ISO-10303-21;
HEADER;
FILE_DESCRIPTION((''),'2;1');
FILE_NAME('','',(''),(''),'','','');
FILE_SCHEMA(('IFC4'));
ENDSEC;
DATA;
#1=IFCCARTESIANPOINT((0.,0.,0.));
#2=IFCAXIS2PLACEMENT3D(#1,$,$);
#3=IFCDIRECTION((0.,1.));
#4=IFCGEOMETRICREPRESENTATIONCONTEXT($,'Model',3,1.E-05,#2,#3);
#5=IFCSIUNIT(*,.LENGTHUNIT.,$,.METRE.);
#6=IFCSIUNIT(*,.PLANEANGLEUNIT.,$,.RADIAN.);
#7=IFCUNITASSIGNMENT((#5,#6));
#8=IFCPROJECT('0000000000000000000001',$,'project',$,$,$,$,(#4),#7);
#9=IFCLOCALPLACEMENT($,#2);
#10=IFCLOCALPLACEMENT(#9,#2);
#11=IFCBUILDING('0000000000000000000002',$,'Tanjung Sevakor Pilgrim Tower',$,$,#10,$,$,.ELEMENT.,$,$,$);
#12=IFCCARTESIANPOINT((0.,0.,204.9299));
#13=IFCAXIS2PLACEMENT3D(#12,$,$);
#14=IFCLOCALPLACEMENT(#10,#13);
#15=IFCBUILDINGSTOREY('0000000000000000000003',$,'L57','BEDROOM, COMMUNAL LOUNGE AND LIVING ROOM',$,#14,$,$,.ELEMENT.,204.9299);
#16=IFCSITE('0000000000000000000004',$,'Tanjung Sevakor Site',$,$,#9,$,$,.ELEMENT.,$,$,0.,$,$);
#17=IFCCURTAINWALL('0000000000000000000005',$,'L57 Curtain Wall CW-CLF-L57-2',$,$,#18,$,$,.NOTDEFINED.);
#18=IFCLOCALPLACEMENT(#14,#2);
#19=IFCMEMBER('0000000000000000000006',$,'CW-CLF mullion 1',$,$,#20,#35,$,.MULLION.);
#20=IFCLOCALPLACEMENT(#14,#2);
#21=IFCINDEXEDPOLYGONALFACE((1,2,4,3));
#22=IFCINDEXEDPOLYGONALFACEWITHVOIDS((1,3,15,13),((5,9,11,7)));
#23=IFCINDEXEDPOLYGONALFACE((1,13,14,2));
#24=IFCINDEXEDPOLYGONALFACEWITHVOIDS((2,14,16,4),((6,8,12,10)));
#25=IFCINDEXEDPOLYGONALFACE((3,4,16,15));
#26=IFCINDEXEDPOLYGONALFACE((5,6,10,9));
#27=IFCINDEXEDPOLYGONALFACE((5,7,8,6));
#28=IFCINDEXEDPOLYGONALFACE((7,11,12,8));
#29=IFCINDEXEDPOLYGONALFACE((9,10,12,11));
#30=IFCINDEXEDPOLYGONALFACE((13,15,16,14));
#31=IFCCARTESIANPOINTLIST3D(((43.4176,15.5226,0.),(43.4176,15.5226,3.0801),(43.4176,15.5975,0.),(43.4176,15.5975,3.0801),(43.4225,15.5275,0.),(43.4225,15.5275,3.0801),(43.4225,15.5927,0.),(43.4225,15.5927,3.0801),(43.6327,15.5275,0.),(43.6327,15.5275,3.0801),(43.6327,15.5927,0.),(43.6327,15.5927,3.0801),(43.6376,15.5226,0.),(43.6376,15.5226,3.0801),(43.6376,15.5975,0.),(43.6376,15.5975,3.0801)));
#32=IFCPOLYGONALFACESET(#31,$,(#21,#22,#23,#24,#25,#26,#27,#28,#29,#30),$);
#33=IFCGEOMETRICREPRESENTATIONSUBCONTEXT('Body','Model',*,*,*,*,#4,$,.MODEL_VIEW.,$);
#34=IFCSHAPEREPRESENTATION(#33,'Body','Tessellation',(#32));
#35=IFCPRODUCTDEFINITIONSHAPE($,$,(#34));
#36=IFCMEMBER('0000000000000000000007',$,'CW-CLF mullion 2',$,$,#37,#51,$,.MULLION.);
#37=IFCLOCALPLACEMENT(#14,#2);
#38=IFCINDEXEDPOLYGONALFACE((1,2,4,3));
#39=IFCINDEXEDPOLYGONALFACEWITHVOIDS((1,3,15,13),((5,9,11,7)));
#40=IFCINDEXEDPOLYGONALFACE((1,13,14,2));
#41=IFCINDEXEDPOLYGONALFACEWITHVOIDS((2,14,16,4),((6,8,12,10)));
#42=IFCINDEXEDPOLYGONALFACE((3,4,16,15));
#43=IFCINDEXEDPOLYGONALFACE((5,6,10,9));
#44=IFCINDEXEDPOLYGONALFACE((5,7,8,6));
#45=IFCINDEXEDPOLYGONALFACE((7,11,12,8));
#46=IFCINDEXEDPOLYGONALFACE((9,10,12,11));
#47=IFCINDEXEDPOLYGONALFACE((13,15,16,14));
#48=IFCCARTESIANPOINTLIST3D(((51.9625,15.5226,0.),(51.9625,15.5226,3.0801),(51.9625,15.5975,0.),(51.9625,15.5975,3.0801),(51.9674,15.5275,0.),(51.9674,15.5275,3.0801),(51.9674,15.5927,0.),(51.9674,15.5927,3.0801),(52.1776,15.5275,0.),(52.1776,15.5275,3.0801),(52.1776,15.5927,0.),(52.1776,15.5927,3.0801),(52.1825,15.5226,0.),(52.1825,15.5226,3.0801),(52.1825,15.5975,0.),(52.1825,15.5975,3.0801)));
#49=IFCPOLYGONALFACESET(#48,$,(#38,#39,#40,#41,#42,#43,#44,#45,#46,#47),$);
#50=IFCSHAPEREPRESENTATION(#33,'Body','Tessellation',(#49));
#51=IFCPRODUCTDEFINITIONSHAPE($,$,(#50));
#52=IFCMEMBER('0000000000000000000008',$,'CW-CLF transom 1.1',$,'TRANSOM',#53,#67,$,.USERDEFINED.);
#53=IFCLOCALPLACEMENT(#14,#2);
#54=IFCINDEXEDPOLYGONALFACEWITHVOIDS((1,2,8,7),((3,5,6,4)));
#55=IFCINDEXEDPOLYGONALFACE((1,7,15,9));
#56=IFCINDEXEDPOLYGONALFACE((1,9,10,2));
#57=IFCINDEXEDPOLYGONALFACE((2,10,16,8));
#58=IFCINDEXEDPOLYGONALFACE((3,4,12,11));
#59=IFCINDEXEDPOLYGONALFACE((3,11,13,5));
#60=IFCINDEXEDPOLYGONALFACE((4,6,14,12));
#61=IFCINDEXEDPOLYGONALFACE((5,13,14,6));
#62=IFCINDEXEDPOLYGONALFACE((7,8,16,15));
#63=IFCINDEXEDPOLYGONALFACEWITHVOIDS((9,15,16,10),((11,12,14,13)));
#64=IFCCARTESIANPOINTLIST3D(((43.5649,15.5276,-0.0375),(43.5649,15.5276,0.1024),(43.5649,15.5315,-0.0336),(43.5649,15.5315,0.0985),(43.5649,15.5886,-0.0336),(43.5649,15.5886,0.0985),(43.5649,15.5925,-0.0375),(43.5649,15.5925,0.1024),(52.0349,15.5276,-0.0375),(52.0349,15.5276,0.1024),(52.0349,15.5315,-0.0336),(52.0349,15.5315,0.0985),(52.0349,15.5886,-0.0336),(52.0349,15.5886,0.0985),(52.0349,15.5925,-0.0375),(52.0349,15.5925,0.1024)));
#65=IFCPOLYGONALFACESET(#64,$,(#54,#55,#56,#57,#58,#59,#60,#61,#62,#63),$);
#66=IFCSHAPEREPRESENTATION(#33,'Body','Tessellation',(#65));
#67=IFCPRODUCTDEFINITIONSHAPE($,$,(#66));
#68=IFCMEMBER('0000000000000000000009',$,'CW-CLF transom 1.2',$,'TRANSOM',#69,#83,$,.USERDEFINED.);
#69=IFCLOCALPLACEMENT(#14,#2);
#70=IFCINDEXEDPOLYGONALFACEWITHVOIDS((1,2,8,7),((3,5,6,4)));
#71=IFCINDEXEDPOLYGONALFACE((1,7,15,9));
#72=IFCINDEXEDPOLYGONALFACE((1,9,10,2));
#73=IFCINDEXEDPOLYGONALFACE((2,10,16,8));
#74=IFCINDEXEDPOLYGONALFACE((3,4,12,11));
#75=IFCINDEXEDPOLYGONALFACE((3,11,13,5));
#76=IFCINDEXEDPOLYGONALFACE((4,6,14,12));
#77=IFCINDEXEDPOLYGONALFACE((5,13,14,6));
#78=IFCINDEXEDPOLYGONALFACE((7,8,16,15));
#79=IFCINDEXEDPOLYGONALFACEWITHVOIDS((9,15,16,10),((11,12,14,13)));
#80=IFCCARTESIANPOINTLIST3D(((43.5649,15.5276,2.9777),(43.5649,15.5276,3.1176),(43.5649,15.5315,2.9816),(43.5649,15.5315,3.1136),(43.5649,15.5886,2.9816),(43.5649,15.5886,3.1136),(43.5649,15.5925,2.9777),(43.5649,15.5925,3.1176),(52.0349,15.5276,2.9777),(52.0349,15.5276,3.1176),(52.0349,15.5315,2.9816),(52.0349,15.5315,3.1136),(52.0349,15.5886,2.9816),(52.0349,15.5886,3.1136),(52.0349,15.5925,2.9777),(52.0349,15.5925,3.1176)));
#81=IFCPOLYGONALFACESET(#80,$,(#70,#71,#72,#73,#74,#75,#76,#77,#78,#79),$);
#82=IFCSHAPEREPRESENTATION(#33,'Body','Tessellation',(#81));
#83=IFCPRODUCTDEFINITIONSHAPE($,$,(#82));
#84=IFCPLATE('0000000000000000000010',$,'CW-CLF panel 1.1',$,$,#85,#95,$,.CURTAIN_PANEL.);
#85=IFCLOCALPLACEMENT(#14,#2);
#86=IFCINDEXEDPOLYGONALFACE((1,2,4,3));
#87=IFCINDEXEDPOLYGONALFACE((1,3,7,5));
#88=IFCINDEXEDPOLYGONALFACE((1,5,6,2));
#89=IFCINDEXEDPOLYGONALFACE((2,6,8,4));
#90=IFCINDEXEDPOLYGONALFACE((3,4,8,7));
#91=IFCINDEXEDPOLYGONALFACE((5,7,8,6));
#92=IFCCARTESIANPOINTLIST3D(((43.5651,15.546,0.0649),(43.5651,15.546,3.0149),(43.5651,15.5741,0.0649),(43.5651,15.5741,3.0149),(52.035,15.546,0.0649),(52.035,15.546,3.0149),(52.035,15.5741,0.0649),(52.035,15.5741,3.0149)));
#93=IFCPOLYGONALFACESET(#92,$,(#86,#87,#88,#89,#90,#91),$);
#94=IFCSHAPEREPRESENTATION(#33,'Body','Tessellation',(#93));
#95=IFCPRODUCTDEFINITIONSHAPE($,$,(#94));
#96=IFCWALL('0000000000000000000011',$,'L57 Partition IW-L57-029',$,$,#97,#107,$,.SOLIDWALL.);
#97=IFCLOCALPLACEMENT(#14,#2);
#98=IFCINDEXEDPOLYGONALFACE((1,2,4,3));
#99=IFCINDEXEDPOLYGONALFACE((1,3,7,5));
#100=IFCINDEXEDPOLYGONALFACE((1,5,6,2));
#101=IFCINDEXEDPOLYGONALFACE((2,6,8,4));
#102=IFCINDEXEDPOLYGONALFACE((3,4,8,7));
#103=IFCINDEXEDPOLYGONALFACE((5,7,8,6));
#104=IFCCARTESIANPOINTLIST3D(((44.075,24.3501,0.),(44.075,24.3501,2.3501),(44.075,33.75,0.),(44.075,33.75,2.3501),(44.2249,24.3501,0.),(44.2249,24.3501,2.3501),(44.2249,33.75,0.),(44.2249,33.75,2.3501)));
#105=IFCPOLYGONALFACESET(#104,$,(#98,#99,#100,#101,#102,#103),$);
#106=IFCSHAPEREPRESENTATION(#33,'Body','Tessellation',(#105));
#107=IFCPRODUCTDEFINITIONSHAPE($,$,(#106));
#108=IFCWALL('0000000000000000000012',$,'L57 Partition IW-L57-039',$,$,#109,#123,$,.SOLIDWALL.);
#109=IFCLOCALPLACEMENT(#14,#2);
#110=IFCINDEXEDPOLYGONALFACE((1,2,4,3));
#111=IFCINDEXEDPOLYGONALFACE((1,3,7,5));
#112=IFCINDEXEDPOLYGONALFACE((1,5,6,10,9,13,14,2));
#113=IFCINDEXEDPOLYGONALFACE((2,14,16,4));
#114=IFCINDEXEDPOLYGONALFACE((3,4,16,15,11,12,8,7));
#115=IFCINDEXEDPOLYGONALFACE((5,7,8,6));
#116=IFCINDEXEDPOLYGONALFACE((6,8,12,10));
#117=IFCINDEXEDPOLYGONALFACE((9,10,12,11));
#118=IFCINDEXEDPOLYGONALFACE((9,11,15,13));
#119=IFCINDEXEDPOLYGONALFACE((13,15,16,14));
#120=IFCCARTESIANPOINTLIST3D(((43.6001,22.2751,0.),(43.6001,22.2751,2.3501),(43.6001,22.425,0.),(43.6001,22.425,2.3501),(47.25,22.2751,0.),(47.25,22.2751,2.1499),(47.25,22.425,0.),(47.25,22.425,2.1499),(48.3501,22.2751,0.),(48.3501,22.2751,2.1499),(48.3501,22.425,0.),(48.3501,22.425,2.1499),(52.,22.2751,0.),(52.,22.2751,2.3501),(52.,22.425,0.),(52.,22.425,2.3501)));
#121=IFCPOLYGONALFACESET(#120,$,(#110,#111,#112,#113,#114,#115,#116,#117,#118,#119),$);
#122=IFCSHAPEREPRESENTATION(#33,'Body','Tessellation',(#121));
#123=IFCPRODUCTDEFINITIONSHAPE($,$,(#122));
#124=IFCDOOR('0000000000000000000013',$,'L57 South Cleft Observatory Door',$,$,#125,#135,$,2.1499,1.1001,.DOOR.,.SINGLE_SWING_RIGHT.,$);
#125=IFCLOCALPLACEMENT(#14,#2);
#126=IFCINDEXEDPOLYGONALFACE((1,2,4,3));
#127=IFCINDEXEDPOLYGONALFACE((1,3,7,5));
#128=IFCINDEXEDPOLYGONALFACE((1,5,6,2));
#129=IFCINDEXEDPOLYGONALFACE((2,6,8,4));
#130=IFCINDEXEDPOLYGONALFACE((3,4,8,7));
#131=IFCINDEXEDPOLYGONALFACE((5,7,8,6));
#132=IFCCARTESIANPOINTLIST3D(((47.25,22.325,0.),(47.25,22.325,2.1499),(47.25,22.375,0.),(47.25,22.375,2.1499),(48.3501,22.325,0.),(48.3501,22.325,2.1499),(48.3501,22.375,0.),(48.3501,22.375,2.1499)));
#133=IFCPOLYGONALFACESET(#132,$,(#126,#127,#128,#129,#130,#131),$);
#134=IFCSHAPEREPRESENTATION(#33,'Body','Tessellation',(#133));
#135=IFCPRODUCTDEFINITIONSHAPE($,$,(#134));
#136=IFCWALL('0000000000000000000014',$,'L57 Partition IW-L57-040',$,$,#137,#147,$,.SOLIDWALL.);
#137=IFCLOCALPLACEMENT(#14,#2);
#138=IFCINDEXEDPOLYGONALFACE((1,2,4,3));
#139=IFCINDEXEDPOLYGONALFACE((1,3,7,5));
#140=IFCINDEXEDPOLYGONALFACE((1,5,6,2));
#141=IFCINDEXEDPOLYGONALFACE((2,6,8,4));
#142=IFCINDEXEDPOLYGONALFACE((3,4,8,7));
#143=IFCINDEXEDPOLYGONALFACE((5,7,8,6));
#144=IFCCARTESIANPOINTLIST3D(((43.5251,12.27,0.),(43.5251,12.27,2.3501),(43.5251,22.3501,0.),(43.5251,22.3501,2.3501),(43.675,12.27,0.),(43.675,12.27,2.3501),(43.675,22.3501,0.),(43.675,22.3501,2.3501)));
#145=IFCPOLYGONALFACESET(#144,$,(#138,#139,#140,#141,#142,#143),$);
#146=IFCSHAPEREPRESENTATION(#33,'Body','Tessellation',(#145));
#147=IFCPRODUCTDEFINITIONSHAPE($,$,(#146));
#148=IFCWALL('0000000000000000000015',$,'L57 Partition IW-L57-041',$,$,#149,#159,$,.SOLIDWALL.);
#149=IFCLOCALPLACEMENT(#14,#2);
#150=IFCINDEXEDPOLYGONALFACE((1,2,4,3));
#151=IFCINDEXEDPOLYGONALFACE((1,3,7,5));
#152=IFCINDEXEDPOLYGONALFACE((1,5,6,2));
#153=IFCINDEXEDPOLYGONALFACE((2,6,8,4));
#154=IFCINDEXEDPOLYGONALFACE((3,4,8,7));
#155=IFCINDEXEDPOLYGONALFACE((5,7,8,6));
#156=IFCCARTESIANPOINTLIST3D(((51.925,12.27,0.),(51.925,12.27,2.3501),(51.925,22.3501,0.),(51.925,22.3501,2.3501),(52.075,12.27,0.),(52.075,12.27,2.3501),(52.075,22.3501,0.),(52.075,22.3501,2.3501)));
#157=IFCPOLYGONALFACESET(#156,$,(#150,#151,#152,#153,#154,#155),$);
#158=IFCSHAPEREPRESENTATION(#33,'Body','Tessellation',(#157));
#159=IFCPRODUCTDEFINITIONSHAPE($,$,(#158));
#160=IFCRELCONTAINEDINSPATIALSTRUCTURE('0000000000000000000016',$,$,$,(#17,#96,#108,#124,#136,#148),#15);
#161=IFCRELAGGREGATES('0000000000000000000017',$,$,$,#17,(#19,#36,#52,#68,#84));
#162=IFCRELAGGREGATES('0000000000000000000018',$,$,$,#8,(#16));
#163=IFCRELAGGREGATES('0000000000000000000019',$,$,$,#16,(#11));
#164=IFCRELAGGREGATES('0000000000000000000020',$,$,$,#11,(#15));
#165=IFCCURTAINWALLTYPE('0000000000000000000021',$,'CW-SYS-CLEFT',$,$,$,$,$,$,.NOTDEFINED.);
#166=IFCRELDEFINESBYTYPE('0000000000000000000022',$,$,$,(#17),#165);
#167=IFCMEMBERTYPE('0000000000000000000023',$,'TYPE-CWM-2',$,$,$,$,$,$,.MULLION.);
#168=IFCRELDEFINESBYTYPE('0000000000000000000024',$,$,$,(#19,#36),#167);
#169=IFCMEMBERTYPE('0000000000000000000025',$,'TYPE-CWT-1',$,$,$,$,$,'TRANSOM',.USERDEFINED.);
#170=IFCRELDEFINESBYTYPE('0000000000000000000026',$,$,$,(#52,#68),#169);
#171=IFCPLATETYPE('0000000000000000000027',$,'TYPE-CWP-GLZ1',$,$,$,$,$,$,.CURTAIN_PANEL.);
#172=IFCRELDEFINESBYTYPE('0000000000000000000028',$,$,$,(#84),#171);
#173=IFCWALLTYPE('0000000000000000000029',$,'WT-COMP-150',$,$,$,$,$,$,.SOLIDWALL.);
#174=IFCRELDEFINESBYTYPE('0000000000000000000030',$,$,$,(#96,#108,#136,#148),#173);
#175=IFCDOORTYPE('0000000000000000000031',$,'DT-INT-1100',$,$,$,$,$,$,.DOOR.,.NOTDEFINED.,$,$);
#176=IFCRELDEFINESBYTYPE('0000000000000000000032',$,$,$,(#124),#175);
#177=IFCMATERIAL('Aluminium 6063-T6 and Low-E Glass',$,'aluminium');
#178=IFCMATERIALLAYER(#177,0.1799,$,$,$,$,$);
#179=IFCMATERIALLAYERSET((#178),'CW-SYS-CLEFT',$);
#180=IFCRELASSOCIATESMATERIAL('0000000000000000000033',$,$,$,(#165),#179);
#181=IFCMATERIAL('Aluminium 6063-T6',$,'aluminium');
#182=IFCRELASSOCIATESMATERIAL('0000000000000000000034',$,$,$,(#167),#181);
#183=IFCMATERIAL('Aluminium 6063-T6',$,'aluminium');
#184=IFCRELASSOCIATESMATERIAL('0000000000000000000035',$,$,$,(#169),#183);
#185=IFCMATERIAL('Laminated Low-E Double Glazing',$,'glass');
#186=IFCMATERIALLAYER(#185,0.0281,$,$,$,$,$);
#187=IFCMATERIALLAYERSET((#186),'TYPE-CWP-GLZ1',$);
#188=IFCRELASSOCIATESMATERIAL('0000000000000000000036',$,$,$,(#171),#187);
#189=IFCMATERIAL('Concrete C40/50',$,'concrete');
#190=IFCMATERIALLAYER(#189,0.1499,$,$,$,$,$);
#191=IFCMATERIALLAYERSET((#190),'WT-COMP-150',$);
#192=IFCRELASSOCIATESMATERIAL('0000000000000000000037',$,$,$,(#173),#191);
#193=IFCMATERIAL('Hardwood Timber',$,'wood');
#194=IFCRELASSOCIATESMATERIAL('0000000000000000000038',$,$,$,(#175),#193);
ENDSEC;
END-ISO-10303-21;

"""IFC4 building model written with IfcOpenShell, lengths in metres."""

from ifc_helpers import new_model, si_unit, direction, frame, frame_2d, origin, origin_2d, place, context, subcontext, project, spatial, rectangle, hollow_rectangle, extrude, material, layer, layer_set, material_profile, profile_set, type_object, element, fill, aggregate, save


model = new_model("IFC4")

# Units and contexts
model_context = context("Model", 3, precision=1e-05, world=origin(), true_north=direction((0.0, 1.0)))
body_context = subcontext(model_context, "Body", "Model", "MODEL_VIEW")
ifc_project = project(units=[si_unit("LENGTHUNIT", "METRE"), si_unit("PLANEANGLEUNIT", "RADIAN")], contexts=[model_context])

# Site, building, storey
site_placement = place(None, origin())
site = spatial("IfcSite", under=ifc_project, at=site_placement, Name="Tanjung Sevakor Site", CompositionType="ELEMENT", RefElevation=0.0)
building_placement = place(site_placement, origin())
building = spatial("IfcBuilding", under=site, at=building_placement, Name="Tanjung Sevakor Pilgrim Tower", CompositionType="ELEMENT")
storey_placement = place(building_placement, frame((0.0, 0.0, 204.9299)))
storey = spatial("IfcBuildingStorey", under=building, at=storey_placement, Name="L57", Description="BEDROOM, COMMUNAL LOUNGE AND LIVING ROOM", CompositionType="ELEMENT", Elevation=204.9299)

# Curtain wall, members, plate
ifc_material_1 = material(Name="Aluminium 6063-T6 and Low-E Glass", Category="aluminium")
ifc_layer_1 = layer(ifc_material_1, 0.1799)
ifc_layer_set_1 = layer_set([ifc_layer_1], Name="CW-SYS-CLEFT")
curtain_wall_type = type_object("IfcCurtainWallType", Name="CW-SYS-CLEFT", PredefinedType="NOTDEFINED", material=ifc_layer_set_1)
curtain_wall_placement = place(storey_placement, origin())
curtain_wall = element("IfcCurtainWall", 1, at=curtain_wall_placement, inside=storey, type_object=curtain_wall_type, Name="L57 Curtain Wall CW-CLF-L57-2", PredefinedType="NOTDEFINED")
ifc_material_2 = material(Name="Aluminium 6063-T6", Category="aluminium")
ifc_material_profile_1 = material_profile(ifc_material_2, hollow_rectangle(XDim=0.075, YDim=0.22, WallThickness=0.0049, at=origin_2d()))
ifc_profile_set_1 = profile_set([ifc_material_profile_1], Name="Aluminium 6063-T6")
member_type_1 = type_object("IfcMemberType", Name="TYPE-CWM-2", PredefinedType="MULLION", material=ifc_profile_set_1)
member_1_placement = place(storey_placement, frame((43.5276, 15.5601, 0.0), z_axis=(0.0, 0.0, 1.0), x_axis=(0.0, 1.0, 0.0)))
member_1 = element("IfcMember", 2, at=member_1_placement, type_object=member_type_1, Name="CW-CLF mullion 1", PredefinedType="MULLION", context=body_context, shape_type="SweptSolid", body=[
    extrude(hollow_rectangle(XDim=0.075, YDim=0.22, WallThickness=0.0049, at=origin_2d()), origin(), (0.0, 0.0, 1.0), 3.0801),
])
member_2_placement = place(storey_placement, frame((52.0725, 15.5601, 0.0), z_axis=(0.0, 0.0, 1.0), x_axis=(0.0, 1.0, 0.0)))
member_2 = element("IfcMember", 3, at=member_2_placement, type_object=member_type_1, Name="CW-CLF mullion 2", PredefinedType="MULLION", context=body_context, shape_type="SweptSolid", body=[
    extrude(hollow_rectangle(XDim=0.075, YDim=0.22, WallThickness=0.0049, at=origin_2d()), origin(), (0.0, 0.0, 1.0), 3.0801),
])
ifc_material_3 = material(Name="Aluminium 6063-T6", Category="aluminium")
ifc_material_profile_2 = material_profile(ifc_material_3, hollow_rectangle(XDim=0.0649, YDim=0.1399, WallThickness=0.0039, at=origin_2d()))
ifc_profile_set_2 = profile_set([ifc_material_profile_2], Name="Aluminium 6063-T6")
member_type_2 = type_object("IfcMemberType", Name="TYPE-CWT-1", ElementType="TRANSOM", PredefinedType="USERDEFINED", material=ifc_profile_set_2)
member_3_placement = place(storey_placement, frame((43.5649, 15.5601, 0.0325), z_axis=(1.0, 0.0, 0.0), x_axis=(0.0, 1.0, 0.0)))
member_3 = element("IfcMember", 4, at=member_3_placement, type_object=member_type_2, Name="CW-CLF transom 1.1", ObjectType="TRANSOM", PredefinedType="USERDEFINED", context=body_context, shape_type="SweptSolid", body=[
    extrude(hollow_rectangle(XDim=0.0649, YDim=0.1399, WallThickness=0.0039, at=origin_2d()), origin(), (0.0, 0.0, 1.0), 8.47),
])
member_4_placement = place(storey_placement, frame((43.5649, 15.5601, 3.0476), z_axis=(1.0, 0.0, 0.0), x_axis=(0.0, 1.0, 0.0)))
member_4 = element("IfcMember", 5, at=member_4_placement, type_object=member_type_2, Name="CW-CLF transom 1.2", ObjectType="TRANSOM", PredefinedType="USERDEFINED", context=body_context, shape_type="SweptSolid", body=[
    extrude(hollow_rectangle(XDim=0.0649, YDim=0.1399, WallThickness=0.0039, at=origin_2d()), origin(), (0.0, 0.0, 1.0), 8.47),
])
ifc_material_4 = material(Name="Laminated Low-E Double Glazing", Category="glass")
ifc_layer_2 = layer(ifc_material_4, 0.0281)
ifc_layer_set_2 = layer_set([ifc_layer_2], Name="TYPE-CWP-GLZ1")
plate_type = type_object("IfcPlateType", Name="TYPE-CWP-GLZ1", PredefinedType="CURTAIN_PANEL", material=ifc_layer_set_2)
plate_placement = place(storey_placement, frame((47.8, 15.5601, 0.0649), z_axis=(0.0, 0.0, 1.0), x_axis=(1.0, 0.0, 0.0)))
plate = element("IfcPlate", 6, at=plate_placement, type_object=plate_type, Name="CW-CLF panel 1.1", PredefinedType="CURTAIN_PANEL", context=body_context, shape_type="SweptSolid", body=[
    extrude(rectangle(XDim=8.47, YDim=0.0281, at=origin_2d()), origin(), (0.0, 0.0, 1.0), 2.95),
])
aggregate(curtain_wall, [member_1, member_2, member_3, member_4, plate])

# Wall
ifc_material_5 = material(Name="Concrete C40/50", Category="concrete")
ifc_layer_3 = layer(ifc_material_5, 0.1499)
ifc_layer_set_3 = layer_set([ifc_layer_3], Name="WT-COMP-150")
wall_type_1 = type_object("IfcWallType", Name="WT-COMP-150", PredefinedType="SOLIDWALL", material=ifc_layer_set_3)
wall_1_placement = place(storey_placement, frame((44.1499, 24.3501, 0.0), z_axis=(0.0, 0.0, 1.0), x_axis=(0.0, 1.0, 0.0)))
element("IfcWall", 7, at=wall_1_placement, inside=storey, type_object=wall_type_1, Name="L57 Partition IW-L57-029", PredefinedType="SOLIDWALL", context=body_context, shape_type="SweptSolid", body=[
    extrude(rectangle(XDim=9.3999, YDim=0.1499, at=frame_2d((4.7, 0.0))), origin(), (0.0, 0.0, 1.0), 2.3501),
])

# Wall, opening, door
wall_2_placement = place(storey_placement, frame((43.6001, 22.3501, 0.0), z_axis=(0.0, 0.0, 1.0), x_axis=(1.0, 0.0, 0.0)))
wall_2 = element("IfcWall", 8, at=wall_2_placement, inside=storey, type_object=wall_type_1, Name="L57 Partition IW-L57-039", PredefinedType="SOLIDWALL", context=body_context, shape_type="SweptSolid", body=[
    extrude(rectangle(XDim=8.3999, YDim=0.1499, at=frame_2d((4.2, 0.0))), origin(), (0.0, 0.0, 1.0), 2.3501),
])
opening_1_placement = place(wall_2_placement, frame((3.6499, 0.0, 0.0)))
opening_1 = element("IfcOpeningElement", 9, at=opening_1_placement, cuts=wall_2, PredefinedType="OPENING", context=body_context, shape_type="SweptSolid", body=[
    extrude(rectangle(XDim=1.1001, YDim=2.1499, at=frame_2d((0.55, 1.075))), frame((0.0, 0.085, 0.0), z_axis=(0.0, -1.0, 0.0), x_axis=(1.0, 0.0, 0.0)), (0.0, 0.0, 1.0), 0.1699),
])
ifc_material_6 = material(Name="Hardwood Timber", Category="wood")
door_type_1 = type_object("IfcDoorType", Name="DT-INT-1100", OperationType="NOTDEFINED", PredefinedType="DOOR", material=ifc_material_6)
door_1_placement = place(opening_1_placement, origin())
door_1 = element("IfcDoor", 10, at=door_1_placement, inside=storey, type_object=door_type_1, Name="L57 South Cleft Observatory Door", OperationType="SINGLE_SWING_RIGHT", OverallHeight=2.1499, OverallWidth=1.1001, PredefinedType="DOOR", context=body_context, shape_type="SweptSolid", body=[
    extrude(rectangle(XDim=1.1001, YDim=2.1499, at=frame_2d((0.55, 1.075))), frame((0.0, 0.0249, 0.0), z_axis=(0.0, -1.0, 0.0), x_axis=(1.0, 0.0, 0.0)), (0.0, 0.0, 1.0), 0.05),
])
fill(opening_1, door_1)

# Walls
for number, where, z_axis, x_axis, name in (
    (11, (43.6001, 12.27, 0.0), (0.0, 0.0, 1.0), (0.0, 1.0, 0.0), "L57 Partition IW-L57-040"),
    (12, (52.0, 12.27, 0.0), (0.0, 0.0, 1.0), (0.0, 1.0, 0.0), "L57 Partition IW-L57-041"),
):
    element("IfcWall", number, at=place(storey_placement, frame(where, z_axis=z_axis, x_axis=x_axis)), inside=storey, type_object=wall_type_1, Name=name, PredefinedType="SOLIDWALL", context=body_context, shape_type="SweptSolid", body=[
        extrude(rectangle(XDim=10.0801, YDim=0.1499, at=frame_2d((5.04, 0.0))), origin(), (0.0, 0.0, 1.0), 2.3501),
    ])

save(model, "model.ifc")
